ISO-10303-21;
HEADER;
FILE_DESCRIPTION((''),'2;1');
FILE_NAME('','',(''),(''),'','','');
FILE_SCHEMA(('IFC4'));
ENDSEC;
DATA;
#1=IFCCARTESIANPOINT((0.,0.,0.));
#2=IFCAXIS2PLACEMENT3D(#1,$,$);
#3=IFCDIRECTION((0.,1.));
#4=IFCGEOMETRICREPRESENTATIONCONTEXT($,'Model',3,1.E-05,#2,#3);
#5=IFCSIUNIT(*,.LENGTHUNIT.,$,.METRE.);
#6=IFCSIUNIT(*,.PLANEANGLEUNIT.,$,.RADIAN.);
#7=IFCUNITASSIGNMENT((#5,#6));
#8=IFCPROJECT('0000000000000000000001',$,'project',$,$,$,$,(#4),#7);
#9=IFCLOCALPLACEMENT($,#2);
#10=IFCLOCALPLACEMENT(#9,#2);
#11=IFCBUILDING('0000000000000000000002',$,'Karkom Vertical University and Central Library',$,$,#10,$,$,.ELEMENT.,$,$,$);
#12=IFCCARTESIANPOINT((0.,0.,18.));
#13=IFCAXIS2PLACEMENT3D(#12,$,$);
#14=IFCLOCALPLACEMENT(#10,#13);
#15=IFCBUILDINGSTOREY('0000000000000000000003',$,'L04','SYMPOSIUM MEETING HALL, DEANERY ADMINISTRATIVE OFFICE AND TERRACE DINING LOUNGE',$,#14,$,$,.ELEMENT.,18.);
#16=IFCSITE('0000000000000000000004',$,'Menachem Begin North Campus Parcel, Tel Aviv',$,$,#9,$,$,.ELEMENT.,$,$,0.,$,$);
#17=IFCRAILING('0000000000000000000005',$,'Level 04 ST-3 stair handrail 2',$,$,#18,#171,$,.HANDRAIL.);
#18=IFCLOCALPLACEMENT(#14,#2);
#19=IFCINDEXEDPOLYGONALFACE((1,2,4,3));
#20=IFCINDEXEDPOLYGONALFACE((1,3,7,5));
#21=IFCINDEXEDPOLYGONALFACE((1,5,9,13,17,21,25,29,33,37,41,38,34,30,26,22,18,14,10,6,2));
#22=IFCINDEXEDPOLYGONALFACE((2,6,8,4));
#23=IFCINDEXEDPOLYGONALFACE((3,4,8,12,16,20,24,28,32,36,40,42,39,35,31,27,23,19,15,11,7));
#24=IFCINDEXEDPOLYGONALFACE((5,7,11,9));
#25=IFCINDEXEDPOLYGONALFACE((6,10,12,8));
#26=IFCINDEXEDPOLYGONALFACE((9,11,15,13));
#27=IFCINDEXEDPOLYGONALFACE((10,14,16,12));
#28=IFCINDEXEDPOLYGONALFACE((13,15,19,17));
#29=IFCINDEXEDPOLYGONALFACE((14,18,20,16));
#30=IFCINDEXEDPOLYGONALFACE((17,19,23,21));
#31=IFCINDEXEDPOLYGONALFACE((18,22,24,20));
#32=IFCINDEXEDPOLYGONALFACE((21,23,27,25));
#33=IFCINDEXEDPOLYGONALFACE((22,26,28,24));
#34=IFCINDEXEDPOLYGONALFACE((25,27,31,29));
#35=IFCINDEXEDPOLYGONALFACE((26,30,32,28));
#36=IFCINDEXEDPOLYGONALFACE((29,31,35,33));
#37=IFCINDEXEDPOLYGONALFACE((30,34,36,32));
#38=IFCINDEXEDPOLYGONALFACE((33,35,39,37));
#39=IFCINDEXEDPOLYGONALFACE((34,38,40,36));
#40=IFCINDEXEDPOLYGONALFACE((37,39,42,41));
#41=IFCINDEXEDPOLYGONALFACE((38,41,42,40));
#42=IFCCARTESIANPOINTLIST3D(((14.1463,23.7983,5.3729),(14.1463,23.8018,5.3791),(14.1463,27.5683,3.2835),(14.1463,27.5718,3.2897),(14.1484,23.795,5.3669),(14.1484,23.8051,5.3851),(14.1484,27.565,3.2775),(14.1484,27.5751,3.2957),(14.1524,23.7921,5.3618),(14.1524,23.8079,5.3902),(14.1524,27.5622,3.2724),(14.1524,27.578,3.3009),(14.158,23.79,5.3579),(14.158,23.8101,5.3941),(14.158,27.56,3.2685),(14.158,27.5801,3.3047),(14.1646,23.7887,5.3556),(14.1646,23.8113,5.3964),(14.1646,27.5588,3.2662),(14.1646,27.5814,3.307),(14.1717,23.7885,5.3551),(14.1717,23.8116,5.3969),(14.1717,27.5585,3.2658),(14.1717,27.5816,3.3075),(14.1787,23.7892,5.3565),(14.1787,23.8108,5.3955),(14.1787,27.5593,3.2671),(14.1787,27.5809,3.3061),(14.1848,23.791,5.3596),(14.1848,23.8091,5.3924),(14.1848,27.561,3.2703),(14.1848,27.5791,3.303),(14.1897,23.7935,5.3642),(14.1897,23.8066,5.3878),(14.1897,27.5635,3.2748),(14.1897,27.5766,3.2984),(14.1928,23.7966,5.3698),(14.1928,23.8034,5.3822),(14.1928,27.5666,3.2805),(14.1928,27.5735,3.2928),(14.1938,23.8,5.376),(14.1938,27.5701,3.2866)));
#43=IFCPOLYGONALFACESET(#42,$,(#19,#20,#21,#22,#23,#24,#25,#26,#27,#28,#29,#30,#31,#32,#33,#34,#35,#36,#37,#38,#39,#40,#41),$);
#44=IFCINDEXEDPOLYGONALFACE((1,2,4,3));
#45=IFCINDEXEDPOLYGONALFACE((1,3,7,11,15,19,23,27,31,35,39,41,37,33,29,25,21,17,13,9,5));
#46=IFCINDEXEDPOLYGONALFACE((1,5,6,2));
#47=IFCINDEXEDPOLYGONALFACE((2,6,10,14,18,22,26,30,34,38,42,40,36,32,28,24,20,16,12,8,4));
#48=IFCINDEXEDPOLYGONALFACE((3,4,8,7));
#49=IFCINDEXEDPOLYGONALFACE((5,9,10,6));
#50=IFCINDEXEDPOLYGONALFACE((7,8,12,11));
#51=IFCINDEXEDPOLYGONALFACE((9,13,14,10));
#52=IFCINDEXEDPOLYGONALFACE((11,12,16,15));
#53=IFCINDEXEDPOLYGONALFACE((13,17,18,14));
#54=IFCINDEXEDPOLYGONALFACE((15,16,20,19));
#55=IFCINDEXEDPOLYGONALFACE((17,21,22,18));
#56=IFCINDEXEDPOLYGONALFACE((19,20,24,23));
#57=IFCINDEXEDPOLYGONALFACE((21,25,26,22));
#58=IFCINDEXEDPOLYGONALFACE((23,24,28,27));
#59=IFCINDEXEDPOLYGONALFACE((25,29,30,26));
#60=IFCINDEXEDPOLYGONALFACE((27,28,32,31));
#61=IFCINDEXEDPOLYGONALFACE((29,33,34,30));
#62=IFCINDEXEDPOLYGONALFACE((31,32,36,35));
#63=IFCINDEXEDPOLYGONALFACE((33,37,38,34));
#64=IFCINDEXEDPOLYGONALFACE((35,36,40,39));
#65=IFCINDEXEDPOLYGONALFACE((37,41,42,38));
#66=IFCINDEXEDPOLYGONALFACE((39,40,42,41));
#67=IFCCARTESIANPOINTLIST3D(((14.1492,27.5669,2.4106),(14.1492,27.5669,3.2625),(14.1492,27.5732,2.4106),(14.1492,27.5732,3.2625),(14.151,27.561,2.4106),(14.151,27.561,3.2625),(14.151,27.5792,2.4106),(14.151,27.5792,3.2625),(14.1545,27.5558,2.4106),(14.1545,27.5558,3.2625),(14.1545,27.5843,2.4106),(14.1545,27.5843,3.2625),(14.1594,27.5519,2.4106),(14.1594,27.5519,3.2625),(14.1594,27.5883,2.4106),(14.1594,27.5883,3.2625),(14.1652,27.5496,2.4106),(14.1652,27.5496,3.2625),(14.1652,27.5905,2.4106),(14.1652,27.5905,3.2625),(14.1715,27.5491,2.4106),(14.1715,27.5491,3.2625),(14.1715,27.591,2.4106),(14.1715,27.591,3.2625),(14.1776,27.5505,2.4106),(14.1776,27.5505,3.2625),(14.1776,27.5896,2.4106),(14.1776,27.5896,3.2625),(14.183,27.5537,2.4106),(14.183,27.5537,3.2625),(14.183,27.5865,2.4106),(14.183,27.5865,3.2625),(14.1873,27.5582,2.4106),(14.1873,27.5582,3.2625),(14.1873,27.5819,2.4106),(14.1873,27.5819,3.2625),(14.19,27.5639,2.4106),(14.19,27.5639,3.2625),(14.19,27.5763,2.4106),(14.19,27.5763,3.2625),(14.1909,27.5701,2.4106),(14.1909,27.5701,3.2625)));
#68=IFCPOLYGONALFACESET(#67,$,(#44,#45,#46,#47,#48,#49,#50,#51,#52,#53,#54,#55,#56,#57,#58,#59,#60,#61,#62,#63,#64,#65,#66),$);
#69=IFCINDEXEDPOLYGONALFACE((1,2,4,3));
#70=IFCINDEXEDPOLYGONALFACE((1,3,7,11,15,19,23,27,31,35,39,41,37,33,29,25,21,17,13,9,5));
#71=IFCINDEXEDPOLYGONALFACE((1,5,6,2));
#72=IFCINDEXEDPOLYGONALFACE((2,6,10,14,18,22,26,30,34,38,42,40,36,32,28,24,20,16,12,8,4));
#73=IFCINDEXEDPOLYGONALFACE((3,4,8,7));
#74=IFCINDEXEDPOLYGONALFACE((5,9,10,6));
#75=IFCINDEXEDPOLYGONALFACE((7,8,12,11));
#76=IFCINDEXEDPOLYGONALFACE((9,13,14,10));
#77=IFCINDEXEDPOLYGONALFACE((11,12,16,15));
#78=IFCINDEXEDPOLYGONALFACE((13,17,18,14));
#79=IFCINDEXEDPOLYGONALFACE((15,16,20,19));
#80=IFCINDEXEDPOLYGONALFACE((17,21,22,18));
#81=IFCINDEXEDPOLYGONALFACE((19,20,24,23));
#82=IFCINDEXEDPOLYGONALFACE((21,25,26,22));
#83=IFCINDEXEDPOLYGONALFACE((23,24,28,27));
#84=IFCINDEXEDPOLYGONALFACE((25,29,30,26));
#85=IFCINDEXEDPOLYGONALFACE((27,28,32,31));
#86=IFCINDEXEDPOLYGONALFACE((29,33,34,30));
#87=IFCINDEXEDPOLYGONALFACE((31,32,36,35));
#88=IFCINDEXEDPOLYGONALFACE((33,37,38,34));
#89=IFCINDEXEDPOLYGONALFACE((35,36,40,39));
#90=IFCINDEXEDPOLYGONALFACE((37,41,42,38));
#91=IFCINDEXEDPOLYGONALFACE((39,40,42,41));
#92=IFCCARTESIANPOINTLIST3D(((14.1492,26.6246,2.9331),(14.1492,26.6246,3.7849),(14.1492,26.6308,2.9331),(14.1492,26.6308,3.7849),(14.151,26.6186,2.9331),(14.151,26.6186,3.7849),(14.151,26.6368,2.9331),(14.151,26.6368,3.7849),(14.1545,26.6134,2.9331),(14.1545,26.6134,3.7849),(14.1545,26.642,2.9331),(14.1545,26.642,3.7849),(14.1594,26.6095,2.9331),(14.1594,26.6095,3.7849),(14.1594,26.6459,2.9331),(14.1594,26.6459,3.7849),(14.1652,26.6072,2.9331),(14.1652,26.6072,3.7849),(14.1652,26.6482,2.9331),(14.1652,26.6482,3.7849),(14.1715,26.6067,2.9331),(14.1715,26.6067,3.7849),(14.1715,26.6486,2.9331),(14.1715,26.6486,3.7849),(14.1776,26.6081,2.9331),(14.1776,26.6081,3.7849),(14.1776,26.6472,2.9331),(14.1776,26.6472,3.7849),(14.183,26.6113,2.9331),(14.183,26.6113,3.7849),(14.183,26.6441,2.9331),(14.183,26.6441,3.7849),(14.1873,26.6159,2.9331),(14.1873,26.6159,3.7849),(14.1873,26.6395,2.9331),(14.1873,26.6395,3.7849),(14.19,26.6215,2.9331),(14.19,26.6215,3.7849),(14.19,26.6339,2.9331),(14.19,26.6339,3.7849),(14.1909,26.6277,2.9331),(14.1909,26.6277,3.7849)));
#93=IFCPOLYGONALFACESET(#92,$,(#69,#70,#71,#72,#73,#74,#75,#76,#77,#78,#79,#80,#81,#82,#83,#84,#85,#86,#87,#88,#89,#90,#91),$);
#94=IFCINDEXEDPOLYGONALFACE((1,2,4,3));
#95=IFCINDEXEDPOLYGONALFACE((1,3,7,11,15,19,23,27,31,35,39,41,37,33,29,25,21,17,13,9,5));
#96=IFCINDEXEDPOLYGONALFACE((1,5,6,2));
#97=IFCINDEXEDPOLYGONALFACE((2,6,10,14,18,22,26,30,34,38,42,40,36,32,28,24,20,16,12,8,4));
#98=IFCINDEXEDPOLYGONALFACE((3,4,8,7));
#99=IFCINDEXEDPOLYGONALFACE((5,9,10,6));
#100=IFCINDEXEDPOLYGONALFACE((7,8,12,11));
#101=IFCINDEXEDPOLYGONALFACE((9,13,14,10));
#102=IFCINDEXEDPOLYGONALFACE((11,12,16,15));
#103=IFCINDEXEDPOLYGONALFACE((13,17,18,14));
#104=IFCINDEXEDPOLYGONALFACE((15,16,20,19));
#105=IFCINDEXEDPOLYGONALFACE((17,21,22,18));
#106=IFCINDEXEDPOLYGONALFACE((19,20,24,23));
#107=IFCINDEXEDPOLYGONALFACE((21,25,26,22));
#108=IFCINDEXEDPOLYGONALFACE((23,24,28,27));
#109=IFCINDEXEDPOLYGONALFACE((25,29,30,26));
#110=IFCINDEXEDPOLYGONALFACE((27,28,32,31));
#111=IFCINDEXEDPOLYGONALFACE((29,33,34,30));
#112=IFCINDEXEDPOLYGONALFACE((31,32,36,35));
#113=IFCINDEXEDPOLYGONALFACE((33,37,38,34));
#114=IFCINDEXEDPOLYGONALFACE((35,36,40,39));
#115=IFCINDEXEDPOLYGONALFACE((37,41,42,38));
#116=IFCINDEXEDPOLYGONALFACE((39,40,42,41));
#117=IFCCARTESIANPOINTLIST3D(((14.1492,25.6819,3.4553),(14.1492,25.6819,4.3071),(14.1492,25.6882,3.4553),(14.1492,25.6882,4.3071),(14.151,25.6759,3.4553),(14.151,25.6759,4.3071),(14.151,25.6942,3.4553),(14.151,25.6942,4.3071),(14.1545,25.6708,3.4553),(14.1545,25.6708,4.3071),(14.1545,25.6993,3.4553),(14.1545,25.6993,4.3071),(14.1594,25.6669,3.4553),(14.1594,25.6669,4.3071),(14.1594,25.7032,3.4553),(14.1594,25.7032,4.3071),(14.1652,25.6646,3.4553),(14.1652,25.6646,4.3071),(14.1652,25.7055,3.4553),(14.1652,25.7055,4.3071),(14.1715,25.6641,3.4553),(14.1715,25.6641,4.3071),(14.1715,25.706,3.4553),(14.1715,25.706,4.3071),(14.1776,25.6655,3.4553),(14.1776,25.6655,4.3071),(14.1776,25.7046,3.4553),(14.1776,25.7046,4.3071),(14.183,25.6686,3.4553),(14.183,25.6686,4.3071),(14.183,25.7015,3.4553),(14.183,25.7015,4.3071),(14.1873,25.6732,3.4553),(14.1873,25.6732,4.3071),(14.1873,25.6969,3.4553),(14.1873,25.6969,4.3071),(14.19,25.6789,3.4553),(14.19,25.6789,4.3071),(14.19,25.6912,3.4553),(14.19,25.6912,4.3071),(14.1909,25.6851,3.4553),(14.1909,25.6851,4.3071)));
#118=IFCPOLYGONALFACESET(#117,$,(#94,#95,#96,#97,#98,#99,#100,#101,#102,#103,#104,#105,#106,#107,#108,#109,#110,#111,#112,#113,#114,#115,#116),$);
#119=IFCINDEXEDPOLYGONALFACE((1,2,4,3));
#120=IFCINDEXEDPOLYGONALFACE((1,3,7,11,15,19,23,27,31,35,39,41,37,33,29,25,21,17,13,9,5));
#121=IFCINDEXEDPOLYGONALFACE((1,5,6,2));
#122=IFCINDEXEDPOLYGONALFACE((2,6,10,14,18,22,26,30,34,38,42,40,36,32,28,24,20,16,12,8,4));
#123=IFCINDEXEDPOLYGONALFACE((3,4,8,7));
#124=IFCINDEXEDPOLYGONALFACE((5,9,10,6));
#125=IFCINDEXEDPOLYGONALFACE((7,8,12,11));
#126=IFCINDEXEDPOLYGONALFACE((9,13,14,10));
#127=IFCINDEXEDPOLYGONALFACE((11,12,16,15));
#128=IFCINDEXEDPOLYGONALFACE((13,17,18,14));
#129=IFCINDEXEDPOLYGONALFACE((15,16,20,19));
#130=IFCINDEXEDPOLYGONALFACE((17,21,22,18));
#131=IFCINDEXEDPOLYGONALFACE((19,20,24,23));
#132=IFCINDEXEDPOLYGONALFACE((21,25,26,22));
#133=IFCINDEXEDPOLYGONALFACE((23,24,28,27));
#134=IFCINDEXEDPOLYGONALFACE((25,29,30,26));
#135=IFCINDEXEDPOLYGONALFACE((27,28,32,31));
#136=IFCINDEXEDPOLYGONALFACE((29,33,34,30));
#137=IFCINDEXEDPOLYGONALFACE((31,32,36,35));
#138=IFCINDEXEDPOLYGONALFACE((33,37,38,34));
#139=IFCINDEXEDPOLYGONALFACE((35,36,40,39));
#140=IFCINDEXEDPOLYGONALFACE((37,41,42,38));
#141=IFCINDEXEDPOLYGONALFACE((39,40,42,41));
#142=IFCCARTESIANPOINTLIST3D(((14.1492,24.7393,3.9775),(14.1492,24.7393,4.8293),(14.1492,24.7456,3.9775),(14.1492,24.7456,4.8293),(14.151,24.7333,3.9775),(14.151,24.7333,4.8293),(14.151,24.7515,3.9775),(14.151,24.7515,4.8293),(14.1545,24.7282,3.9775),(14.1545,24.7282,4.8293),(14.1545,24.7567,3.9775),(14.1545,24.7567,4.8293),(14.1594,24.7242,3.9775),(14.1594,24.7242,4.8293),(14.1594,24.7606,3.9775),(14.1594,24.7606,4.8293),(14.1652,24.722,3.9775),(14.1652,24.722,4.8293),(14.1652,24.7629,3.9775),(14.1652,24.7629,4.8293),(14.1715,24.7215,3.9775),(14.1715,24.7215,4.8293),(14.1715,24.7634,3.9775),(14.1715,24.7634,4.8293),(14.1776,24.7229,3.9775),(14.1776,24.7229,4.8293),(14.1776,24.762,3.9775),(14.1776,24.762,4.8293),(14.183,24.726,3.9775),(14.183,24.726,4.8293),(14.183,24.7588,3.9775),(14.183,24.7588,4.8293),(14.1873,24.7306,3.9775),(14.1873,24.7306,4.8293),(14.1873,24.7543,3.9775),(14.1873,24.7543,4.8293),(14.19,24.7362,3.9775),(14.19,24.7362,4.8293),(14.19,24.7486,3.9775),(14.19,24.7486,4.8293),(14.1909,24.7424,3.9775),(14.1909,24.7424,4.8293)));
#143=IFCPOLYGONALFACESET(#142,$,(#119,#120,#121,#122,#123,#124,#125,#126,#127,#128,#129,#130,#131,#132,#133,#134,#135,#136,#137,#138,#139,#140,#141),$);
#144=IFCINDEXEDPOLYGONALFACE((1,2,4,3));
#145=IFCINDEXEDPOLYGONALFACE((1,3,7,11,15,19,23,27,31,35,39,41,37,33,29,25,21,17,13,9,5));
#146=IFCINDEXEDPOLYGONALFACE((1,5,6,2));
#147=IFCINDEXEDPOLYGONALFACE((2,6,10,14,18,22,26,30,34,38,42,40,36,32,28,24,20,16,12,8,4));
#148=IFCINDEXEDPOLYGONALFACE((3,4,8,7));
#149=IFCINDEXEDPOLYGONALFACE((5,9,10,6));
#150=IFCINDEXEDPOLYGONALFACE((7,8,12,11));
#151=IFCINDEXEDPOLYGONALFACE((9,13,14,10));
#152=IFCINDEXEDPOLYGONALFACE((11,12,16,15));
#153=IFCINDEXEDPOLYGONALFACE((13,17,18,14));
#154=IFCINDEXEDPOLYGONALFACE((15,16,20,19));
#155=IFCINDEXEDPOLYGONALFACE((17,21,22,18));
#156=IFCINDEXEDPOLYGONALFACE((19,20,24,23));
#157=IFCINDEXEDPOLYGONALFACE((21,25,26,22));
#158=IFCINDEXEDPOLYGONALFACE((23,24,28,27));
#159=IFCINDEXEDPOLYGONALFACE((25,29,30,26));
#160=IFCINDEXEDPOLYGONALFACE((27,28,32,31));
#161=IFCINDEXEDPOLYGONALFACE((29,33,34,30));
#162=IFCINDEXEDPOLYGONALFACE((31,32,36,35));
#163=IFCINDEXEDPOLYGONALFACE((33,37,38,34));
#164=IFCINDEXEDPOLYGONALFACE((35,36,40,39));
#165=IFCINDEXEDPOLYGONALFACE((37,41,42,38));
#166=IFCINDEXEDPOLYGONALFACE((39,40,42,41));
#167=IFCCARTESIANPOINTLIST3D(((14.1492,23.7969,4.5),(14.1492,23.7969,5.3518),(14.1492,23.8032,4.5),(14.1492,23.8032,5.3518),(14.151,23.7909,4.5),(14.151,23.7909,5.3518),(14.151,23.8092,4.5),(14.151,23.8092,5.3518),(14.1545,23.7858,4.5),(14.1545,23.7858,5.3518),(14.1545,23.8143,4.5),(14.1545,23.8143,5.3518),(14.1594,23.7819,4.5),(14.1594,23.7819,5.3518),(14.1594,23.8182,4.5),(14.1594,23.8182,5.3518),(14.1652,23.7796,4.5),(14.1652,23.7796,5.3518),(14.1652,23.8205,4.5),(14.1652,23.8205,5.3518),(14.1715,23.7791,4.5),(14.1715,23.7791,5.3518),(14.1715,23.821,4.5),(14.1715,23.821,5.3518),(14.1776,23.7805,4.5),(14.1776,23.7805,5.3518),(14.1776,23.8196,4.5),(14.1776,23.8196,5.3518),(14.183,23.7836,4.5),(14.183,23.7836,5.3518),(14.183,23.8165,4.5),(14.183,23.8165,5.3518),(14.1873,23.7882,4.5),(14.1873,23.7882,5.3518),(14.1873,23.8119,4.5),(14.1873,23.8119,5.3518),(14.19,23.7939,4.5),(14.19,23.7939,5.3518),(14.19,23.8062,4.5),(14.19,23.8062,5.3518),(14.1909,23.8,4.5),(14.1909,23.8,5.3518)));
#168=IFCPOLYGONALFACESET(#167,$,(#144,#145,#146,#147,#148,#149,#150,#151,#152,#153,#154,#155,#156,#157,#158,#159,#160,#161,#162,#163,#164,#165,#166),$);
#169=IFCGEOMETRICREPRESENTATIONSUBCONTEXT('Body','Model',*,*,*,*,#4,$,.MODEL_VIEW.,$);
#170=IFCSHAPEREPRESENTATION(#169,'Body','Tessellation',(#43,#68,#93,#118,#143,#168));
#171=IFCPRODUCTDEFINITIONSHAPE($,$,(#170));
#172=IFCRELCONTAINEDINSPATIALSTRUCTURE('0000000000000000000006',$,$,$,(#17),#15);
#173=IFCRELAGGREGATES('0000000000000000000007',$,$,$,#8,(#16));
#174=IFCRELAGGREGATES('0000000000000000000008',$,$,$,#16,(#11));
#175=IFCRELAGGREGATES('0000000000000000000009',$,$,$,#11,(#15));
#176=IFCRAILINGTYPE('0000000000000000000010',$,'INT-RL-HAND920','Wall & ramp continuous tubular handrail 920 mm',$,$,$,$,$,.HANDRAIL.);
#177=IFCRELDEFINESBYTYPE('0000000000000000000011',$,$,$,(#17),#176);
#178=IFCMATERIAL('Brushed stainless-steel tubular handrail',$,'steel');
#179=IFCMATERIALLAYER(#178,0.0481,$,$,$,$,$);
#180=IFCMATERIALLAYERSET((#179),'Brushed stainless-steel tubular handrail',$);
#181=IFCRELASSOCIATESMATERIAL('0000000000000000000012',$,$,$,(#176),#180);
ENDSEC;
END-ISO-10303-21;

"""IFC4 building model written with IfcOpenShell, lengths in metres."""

from ifc_helpers import new_model, si_unit, direction, frame, origin, origin_2d, place, context, subcontext, project, spatial, circle, extrude, material, layer, layer_set, type_object, element, save


model = new_model("IFC4")

# Units and contexts
model_context = context("Model", 3, precision=1e-05, world=origin(), true_north=direction((0.0, 1.0)))
body_context = subcontext(model_context, "Body", "Model", "MODEL_VIEW")
ifc_project = project(units=[si_unit("LENGTHUNIT", "METRE"), si_unit("PLANEANGLEUNIT", "RADIAN")], contexts=[model_context])

# Site, building, storey
site_placement = place(None, origin())
site = spatial("IfcSite", under=ifc_project, at=site_placement, Name="Menachem Begin North Campus Parcel, Tel Aviv", CompositionType="ELEMENT", RefElevation=0.0)
building_placement = place(site_placement, origin())
building = spatial("IfcBuilding", under=site, at=building_placement, Name="Karkom Vertical University and Central Library", CompositionType="ELEMENT")
storey_placement = place(building_placement, frame((0.0, 0.0, 18.0)))
storey = spatial("IfcBuildingStorey", under=building, at=storey_placement, Name="L04", Description="SYMPOSIUM MEETING HALL, DEANERY ADMINISTRATIVE OFFICE AND TERRACE DINING LOUNGE", CompositionType="ELEMENT", Elevation=18.0)

# Railing
ifc_material_1 = material(Name="Brushed stainless-steel tubular handrail", Category="steel")
ifc_layer_1 = layer(ifc_material_1, 0.0481)
ifc_layer_set_1 = layer_set([ifc_layer_1], Name="Brushed stainless-steel tubular handrail")
railing_type_1 = type_object("IfcRailingType", Name="INT-RL-HAND920", Description="Wall & ramp continuous tubular handrail 920 mm", PredefinedType="HANDRAIL", material=ifc_layer_set_1)
railing_1_placement = place(storey_placement, frame((14.1699, 27.5701, 2.4106)))
element("IfcRailing", 1, at=railing_1_placement, inside=storey, type_object=railing_type_1, Name="Level 04 ST-3 stair handrail 2", PredefinedType="HANDRAIL", context=body_context, shape_type="SweptSolid", body=[
    extrude(circle(Radius=0.0239, at=origin_2d()), frame((0.0, 0.0, 0.876), z_axis=(0.0, -0.874659, 0.484739), x_axis=(1.0, 0.0, 0.0)), (0.0, 0.0, 1.0), 4.3103),
    extrude(circle(Radius=0.021, at=origin_2d()), origin(), (0.0, 0.0, 1.0), 0.8518),
    extrude(circle(Radius=0.021, at=origin_2d()), frame((0.0, -0.9424, 0.5225)), (0.0, 0.0, 1.0), 0.8518),
    extrude(circle(Radius=0.021, at=origin_2d()), frame((0.0, -1.885, 1.0447)), (0.0, 0.0, 1.0), 0.8518),
    extrude(circle(Radius=0.021, at=origin_2d()), frame((0.0, -2.8276, 1.5669)), (0.0, 0.0, 1.0), 0.8518),
    extrude(circle(Radius=0.021, at=origin_2d()), frame((0.0, -3.77, 2.0894)), (0.0, 0.0, 1.0), 0.8518),
])

save(model, "model.ifc")
